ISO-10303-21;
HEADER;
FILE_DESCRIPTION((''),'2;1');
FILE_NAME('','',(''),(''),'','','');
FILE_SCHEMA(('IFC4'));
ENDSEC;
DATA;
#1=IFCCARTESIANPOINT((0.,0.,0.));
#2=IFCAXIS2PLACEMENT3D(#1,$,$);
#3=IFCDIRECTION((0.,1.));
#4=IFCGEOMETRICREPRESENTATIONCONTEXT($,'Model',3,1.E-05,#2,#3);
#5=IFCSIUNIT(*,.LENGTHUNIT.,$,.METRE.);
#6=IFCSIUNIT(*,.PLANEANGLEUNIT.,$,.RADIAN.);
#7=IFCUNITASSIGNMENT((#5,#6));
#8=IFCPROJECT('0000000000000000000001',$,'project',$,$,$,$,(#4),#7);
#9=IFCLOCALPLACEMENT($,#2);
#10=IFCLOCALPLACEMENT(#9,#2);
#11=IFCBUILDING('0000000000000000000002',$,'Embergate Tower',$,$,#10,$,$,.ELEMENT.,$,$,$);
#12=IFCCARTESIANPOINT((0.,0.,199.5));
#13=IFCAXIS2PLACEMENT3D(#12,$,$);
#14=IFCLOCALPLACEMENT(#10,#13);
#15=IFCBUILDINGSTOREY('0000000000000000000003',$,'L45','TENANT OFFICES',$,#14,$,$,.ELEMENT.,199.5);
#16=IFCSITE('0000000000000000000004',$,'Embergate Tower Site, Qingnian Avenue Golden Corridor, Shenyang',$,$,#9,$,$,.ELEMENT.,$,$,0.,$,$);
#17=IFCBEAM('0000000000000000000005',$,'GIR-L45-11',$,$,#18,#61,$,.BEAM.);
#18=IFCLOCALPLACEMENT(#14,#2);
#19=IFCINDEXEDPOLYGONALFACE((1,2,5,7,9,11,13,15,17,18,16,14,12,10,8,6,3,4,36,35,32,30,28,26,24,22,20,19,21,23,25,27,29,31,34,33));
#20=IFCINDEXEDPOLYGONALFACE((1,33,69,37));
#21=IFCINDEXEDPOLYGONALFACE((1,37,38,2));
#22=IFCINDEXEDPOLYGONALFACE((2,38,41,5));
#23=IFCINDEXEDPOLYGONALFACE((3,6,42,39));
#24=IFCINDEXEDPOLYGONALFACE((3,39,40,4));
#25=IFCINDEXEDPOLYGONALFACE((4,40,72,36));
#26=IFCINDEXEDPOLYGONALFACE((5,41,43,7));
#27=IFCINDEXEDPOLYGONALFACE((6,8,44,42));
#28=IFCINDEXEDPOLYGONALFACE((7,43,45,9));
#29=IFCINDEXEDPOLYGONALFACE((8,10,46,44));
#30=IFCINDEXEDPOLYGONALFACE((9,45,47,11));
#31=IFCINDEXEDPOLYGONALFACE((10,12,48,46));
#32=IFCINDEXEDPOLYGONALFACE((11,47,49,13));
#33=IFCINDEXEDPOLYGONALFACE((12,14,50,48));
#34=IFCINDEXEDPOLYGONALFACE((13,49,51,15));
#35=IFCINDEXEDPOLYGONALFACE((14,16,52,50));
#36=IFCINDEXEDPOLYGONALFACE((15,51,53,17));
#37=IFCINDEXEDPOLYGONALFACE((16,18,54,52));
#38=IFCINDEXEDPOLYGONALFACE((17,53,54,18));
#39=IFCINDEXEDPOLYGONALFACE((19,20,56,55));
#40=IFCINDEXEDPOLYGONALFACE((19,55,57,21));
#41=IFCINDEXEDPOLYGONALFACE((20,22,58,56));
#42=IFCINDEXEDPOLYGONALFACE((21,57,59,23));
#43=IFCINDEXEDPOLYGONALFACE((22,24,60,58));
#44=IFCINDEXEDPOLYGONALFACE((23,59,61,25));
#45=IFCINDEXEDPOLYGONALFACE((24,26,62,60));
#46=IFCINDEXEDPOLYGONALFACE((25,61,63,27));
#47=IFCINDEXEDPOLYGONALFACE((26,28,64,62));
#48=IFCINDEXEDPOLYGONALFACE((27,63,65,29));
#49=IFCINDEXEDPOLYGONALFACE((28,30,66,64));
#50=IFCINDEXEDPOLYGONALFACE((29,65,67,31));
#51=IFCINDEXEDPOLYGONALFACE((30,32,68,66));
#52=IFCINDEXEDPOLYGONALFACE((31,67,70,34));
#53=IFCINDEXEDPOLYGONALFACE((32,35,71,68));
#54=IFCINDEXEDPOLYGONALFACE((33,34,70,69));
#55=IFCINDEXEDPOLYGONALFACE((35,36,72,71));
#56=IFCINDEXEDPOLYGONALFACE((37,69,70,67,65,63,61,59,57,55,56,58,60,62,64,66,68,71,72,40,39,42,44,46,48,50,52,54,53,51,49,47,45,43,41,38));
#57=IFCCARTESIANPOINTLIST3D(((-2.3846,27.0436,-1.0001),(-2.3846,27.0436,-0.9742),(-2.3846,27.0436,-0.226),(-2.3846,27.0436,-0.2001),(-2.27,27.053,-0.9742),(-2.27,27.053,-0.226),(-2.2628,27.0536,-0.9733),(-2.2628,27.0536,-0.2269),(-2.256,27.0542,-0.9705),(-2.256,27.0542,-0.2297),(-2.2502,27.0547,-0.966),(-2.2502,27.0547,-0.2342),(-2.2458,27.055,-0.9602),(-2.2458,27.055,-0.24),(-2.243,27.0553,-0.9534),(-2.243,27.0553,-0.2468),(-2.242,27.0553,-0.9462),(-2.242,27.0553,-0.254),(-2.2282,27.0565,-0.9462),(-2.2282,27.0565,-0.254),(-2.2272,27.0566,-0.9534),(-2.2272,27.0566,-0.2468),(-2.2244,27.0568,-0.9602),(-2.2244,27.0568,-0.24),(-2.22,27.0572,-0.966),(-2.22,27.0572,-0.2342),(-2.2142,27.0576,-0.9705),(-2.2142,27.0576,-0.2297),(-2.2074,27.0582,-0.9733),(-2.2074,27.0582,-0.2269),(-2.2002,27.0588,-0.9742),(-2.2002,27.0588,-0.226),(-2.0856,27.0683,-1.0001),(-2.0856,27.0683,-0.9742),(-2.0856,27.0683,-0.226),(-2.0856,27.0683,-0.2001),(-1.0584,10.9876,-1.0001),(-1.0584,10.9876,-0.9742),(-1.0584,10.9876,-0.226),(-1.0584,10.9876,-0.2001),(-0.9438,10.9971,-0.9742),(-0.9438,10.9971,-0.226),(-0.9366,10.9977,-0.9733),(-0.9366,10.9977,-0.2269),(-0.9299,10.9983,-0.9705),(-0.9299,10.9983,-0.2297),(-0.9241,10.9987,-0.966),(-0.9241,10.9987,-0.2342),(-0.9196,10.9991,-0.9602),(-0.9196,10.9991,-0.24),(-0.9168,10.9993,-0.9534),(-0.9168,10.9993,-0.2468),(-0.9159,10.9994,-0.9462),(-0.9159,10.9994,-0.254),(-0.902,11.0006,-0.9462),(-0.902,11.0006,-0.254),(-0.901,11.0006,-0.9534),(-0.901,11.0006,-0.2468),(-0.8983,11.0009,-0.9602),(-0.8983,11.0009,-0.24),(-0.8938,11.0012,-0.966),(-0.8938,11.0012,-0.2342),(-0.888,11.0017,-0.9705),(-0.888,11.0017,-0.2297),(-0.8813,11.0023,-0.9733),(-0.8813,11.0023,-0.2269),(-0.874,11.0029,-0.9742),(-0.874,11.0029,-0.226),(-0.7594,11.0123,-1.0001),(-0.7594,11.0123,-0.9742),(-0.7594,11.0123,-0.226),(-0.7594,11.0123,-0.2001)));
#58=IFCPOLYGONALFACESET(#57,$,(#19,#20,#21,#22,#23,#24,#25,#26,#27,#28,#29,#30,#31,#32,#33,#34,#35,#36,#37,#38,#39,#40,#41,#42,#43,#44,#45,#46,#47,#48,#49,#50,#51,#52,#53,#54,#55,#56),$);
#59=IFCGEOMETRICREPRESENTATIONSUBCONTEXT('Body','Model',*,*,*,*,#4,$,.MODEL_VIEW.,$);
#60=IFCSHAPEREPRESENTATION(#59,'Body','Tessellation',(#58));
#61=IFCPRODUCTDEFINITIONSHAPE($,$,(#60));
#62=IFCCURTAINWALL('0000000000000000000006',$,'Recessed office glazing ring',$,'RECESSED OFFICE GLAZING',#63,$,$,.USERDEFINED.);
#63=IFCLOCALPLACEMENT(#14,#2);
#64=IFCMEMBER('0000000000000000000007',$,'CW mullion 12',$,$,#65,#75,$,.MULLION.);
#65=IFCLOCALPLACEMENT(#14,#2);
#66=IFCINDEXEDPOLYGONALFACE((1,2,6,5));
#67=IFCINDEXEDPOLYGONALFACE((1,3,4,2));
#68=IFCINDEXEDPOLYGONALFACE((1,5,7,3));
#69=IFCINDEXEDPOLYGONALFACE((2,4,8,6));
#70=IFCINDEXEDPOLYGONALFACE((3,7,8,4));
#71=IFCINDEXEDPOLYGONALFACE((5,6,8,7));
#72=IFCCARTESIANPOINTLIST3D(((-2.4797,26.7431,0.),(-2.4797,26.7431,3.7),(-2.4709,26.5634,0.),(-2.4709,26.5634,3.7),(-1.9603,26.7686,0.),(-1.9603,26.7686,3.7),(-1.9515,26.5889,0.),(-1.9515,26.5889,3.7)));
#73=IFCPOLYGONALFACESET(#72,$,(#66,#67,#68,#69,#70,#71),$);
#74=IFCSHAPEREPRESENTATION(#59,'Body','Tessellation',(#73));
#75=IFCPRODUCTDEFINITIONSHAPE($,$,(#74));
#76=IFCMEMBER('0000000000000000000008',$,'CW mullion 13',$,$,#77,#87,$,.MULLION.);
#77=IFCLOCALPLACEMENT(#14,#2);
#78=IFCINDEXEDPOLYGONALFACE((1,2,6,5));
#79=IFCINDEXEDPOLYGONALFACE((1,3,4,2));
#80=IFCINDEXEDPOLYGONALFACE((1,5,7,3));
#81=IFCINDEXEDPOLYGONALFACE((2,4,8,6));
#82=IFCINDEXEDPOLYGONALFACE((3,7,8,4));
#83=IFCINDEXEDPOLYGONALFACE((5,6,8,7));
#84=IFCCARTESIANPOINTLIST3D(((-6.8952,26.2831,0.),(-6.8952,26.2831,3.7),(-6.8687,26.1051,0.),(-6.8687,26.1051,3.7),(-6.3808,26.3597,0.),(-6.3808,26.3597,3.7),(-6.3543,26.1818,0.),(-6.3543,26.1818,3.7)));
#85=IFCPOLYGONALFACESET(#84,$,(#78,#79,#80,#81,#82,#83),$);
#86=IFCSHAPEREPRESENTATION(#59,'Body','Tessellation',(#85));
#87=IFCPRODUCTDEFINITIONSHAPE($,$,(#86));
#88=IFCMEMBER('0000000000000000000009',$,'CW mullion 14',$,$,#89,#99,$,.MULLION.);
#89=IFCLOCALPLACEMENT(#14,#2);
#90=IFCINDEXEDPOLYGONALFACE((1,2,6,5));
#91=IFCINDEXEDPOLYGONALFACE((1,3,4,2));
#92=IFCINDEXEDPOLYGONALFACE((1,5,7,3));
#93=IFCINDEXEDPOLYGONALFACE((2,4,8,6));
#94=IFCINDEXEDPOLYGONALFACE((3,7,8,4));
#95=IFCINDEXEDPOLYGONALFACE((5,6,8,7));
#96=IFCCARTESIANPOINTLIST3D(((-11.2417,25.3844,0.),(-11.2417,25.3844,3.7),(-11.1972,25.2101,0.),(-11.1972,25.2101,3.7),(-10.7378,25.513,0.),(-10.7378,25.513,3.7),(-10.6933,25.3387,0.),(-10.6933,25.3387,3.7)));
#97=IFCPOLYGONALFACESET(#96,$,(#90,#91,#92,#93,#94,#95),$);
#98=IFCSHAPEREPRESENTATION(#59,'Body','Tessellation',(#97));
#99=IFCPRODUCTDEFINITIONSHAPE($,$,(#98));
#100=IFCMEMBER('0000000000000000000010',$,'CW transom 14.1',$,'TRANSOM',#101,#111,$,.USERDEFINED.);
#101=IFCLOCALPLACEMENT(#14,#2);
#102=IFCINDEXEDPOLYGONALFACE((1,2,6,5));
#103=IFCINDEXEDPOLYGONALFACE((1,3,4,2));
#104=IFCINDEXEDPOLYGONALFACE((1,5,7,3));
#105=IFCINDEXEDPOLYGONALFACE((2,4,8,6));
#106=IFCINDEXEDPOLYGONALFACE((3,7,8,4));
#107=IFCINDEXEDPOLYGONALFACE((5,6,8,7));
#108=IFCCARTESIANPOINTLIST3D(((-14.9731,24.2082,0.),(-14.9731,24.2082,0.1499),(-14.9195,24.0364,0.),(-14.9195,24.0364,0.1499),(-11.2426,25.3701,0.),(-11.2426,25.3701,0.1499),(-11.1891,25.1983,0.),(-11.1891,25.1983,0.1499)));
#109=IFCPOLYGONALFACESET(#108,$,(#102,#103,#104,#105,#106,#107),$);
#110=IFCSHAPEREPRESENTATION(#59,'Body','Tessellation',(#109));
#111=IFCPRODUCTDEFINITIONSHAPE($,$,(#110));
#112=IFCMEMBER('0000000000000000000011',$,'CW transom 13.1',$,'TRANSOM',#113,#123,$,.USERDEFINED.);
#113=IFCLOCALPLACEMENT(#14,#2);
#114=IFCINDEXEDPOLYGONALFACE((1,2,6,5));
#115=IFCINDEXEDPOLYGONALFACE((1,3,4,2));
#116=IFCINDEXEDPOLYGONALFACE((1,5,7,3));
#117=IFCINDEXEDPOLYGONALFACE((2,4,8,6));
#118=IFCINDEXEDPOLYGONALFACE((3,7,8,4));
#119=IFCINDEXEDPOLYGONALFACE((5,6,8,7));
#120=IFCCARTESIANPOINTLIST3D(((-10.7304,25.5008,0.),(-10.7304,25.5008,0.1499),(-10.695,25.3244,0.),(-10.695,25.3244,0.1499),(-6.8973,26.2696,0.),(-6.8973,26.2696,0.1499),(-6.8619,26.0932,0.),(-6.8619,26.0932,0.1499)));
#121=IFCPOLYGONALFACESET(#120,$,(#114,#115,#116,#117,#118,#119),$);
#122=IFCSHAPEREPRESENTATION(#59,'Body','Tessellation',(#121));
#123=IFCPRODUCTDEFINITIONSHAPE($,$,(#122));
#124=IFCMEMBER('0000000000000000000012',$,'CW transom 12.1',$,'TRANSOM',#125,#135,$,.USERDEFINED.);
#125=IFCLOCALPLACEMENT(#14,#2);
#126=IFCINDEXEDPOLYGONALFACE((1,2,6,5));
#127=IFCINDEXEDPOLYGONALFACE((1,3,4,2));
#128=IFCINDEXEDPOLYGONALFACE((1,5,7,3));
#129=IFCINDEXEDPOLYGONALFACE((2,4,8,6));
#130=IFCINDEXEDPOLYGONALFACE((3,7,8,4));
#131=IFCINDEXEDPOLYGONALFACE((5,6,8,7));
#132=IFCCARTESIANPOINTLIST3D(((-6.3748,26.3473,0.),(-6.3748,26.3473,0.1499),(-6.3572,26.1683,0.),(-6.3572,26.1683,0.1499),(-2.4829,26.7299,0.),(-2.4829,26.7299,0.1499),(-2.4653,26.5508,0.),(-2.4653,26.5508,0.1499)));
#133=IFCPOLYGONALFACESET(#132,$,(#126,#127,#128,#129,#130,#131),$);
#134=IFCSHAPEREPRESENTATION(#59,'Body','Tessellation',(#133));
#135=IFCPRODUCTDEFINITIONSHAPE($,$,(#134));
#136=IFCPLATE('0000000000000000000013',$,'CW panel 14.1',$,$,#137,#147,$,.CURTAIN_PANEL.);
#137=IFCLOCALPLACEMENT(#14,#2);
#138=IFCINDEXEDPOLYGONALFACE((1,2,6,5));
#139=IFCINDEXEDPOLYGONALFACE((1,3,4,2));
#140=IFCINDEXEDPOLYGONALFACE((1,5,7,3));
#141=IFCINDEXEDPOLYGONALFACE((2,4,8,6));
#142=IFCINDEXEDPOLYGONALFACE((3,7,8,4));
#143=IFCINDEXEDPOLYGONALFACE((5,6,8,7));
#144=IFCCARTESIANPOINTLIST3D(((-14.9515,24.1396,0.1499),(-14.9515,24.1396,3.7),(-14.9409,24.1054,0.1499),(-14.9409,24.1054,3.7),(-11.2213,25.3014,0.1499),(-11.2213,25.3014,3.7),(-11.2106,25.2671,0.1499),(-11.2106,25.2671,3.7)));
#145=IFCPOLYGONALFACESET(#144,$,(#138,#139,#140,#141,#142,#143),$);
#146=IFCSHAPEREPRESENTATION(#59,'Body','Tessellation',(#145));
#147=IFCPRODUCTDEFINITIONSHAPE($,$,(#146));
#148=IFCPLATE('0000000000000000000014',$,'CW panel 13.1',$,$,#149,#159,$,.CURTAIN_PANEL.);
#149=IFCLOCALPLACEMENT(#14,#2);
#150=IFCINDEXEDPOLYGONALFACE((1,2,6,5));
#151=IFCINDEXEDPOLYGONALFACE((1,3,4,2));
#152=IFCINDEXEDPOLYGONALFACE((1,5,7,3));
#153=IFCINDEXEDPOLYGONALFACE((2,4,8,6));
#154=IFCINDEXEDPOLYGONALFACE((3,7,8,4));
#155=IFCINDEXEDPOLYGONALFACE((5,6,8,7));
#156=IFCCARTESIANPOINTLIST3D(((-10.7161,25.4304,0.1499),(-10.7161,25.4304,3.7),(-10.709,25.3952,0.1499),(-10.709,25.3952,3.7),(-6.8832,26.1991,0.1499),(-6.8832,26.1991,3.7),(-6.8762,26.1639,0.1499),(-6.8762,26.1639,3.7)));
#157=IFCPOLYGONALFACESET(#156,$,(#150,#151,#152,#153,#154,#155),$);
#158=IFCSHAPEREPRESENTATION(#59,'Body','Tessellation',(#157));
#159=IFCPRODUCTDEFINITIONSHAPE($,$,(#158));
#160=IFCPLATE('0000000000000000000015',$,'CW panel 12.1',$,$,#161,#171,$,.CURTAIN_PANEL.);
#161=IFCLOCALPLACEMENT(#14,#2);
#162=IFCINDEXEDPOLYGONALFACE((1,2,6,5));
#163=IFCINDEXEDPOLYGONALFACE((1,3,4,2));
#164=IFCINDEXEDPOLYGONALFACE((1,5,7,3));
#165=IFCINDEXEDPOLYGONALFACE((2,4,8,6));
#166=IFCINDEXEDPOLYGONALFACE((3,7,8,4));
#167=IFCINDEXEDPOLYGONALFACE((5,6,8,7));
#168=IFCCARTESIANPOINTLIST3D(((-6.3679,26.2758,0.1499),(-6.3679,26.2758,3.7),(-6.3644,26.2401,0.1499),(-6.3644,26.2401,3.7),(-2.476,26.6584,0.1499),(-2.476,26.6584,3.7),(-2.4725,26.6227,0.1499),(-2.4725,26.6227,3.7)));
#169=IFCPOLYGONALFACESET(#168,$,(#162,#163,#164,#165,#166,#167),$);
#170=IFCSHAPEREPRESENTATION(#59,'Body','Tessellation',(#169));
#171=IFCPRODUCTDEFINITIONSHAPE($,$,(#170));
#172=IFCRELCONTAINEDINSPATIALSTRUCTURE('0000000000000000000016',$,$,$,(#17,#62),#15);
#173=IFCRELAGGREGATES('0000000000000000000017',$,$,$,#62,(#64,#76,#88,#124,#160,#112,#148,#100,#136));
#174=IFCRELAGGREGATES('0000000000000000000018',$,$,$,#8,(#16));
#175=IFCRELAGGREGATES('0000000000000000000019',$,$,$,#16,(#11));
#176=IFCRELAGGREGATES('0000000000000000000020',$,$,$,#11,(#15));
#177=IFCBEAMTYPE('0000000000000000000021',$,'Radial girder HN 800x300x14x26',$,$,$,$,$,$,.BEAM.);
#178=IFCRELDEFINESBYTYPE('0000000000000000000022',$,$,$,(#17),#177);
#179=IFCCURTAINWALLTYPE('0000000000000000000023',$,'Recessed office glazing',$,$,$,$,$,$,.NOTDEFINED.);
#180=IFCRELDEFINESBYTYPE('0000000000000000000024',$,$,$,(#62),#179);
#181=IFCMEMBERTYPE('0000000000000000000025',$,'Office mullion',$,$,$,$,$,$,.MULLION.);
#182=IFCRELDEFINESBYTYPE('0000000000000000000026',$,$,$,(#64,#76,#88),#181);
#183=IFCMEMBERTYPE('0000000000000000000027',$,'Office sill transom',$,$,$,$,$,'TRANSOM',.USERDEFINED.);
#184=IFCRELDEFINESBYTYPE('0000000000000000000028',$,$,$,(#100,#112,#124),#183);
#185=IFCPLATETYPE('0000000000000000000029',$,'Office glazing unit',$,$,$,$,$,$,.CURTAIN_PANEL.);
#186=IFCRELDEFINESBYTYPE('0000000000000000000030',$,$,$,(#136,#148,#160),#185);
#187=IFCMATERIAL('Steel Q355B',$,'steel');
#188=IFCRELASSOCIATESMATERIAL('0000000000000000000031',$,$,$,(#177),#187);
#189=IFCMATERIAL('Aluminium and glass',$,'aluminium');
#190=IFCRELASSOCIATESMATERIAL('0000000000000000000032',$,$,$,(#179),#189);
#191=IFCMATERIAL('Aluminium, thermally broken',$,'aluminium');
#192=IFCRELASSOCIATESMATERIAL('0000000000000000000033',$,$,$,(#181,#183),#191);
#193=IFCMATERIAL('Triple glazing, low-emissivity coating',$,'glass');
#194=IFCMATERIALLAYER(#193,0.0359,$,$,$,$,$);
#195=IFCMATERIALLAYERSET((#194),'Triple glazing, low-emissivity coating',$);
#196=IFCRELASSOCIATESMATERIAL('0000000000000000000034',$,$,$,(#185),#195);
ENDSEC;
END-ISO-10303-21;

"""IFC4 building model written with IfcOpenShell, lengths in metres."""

from ifc_helpers import new_model, si_unit, direction, frame, origin, origin_2d, place, context, subcontext, project, spatial, rectangle, i_section, extrude, source, transform, mapped, material, layer, layer_set, material_profile, profile_set, type_object, element, aggregate, save


model = new_model("IFC4")

# Units and contexts
model_context = context("Model", 3, precision=1e-05, world=origin(), true_north=direction((0.0, 1.0)))
body_context = subcontext(model_context, "Body", "Model", "MODEL_VIEW")
ifc_project = project(units=[si_unit("LENGTHUNIT", "METRE"), si_unit("PLANEANGLEUNIT", "RADIAN")], contexts=[model_context])

# Site, building, storey
site_placement = place(None, origin())
site = spatial("IfcSite", under=ifc_project, at=site_placement, Name="Embergate Tower Site, Qingnian Avenue Golden Corridor, Shenyang", CompositionType="ELEMENT", RefElevation=0.0)
building_placement = place(site_placement, origin())
building = spatial("IfcBuilding", under=site, at=building_placement, Name="Embergate Tower", CompositionType="ELEMENT")
storey_placement = place(building_placement, frame((0.0, 0.0, 199.5)))
storey = spatial("IfcBuildingStorey", under=building, at=storey_placement, Name="L45", Description="TENANT OFFICES", CompositionType="ELEMENT", Elevation=199.5)

# Beam
ifc_material_1 = material(Name="Steel Q355B", Category="steel")
ifc_material_profile_1 = material_profile(ifc_material_1, i_section(OverallWidth=0.3, OverallDepth=0.8, WebThickness=0.0139, FlangeThickness=0.0259, FilletRadius=0.0281, at=origin_2d()), Name="HN 800x300x14x26")
ifc_profile_set_1 = profile_set([ifc_material_profile_1], Name="Steel Q355 grade B")
beam_type_1 = type_object("IfcBeamType", Name="Radial girder HN 800x300x14x26", PredefinedType="BEAM", material=ifc_profile_set_1)
shared_shape_1 = source(origin(), body_context, "Body", "SweptSolid", [
    extrude(i_section(OverallWidth=0.3, OverallDepth=0.8, WebThickness=0.0139, FlangeThickness=0.0259, FilletRadius=0.0281, at=origin_2d()), origin(), (0.0, 0.0, 1.0), 16.1106),
])
beam_1_placement = place(storey_placement, frame((-2.2351, 27.0559, -0.6001), z_axis=(0.082317, -0.996606, 0.0), x_axis=(0.996606, 0.082317, 0.0)))
element("IfcBeam", 1, at=beam_1_placement, inside=storey, type_object=beam_type_1, Name="GIR-L45-11", PredefinedType="BEAM", context=body_context, shape_type="MappedRepresentation", body=[
    mapped(shared_shape_1, transform((0.0, 0.0, 0.0))),
])

# Curtain wall, members, plates
ifc_material_2 = material(Name="Aluminium and glass", Category="aluminium")
curtain_wall_type = type_object("IfcCurtainWallType", Name="Recessed office glazing", PredefinedType="NOTDEFINED", material=ifc_material_2)
curtain_wall_placement = place(storey_placement, origin())
curtain_wall = element("IfcCurtainWall", 2, at=curtain_wall_placement, inside=storey, type_object=curtain_wall_type, Name="Recessed office glazing ring", ObjectType="RECESSED OFFICE GLAZING", PredefinedType="USERDEFINED")
ifc_material_3 = material(Name="Aluminium, thermally broken", Category="aluminium")
ifc_material_profile_2 = material_profile(ifc_material_3, rectangle(XDim=0.1799, YDim=0.52, at=origin_2d()), Name="AL 520x180")
ifc_profile_set_2 = profile_set([ifc_material_profile_2], Name="Aluminium, thermally broken")
member_type_1 = type_object("IfcMemberType", Name="Office mullion", PredefinedType="MULLION", material=ifc_profile_set_2)
shared_shape_2 = source(origin(), body_context, "Body", "SweptSolid", [
    extrude(rectangle(XDim=0.1799, YDim=0.52, at=origin_2d()), origin(), (0.0, 0.0, 1.0), 3.7),
])
member_1_placement = place(storey_placement, frame((-2.2156, 26.666, 0.0), z_axis=(0.0, 0.0, 1.0), x_axis=(0.048972, -0.9988, 0.0)))
member_1 = element("IfcMember", 3, at=member_1_placement, type_object=member_type_1, Name="CW mullion 12", PredefinedType="MULLION", context=body_context, shape_type="MappedRepresentation", body=[
    mapped(shared_shape_2, transform((0.0, 0.0, 0.0))),
])
member_2_placement = place(storey_placement, frame((-6.6248, 26.2324, 0.0), z_axis=(0.0, 0.0, 1.0), x_axis=(0.147416, -0.989075, 0.0)))
member_2 = element("IfcMember", 4, at=member_2_placement, type_object=member_type_1, Name="CW mullion 13", PredefinedType="MULLION", context=body_context, shape_type="MappedRepresentation", body=[
    mapped(shared_shape_2, transform((0.0, 0.0, 0.0))),
])
member_3_placement = place(storey_placement, frame((-10.9675, 25.3616, 0.0), z_axis=(0.0, 0.0, 1.0), x_axis=(0.247319, -0.968934, 0.0)))
member_3 = element("IfcMember", 5, at=member_3_placement, type_object=member_type_1, Name="CW mullion 14", PredefinedType="MULLION", context=body_context, shape_type="MappedRepresentation", body=[
    mapped(shared_shape_2, transform((0.0, 0.0, 0.0))),
])
ifc_material_profile_3 = material_profile(ifc_material_3, rectangle(XDim=0.1799, YDim=0.1499, at=origin_2d()), Name="AL 150x180")
ifc_profile_set_3 = profile_set([ifc_material_profile_3], Name="Aluminium, thermally broken")
member_type_2 = type_object("IfcMemberType", Name="Office sill transom", ElementType="TRANSOM", PredefinedType="USERDEFINED", material=ifc_profile_set_3)
shared_shape_3 = source(origin(), body_context, "Body", "SweptSolid", [
    extrude(rectangle(XDim=0.1799, YDim=0.1499, at=origin_2d()), origin(), (0.0, 0.0, 1.0), 3.9072),
])
member_4_placement = place(storey_placement, frame((-11.2158, 25.2842, 0.075), z_axis=(-0.954764, -0.297364, 0.0), x_axis=(0.297364, -0.954764, 0.0)))
member_4 = element("IfcMember", 6, at=member_4_placement, type_object=member_type_2, Name="CW transom 14.1", ObjectType="TRANSOM", PredefinedType="USERDEFINED", context=body_context, shape_type="MappedRepresentation", body=[
    mapped(shared_shape_3, transform((0.0, 0.0, 0.0))),
])
shared_shape_4 = source(origin(), body_context, "Body", "SweptSolid", [
    extrude(rectangle(XDim=0.1799, YDim=0.1499, at=origin_2d()), origin(), (0.0, 0.0, 1.0), 3.9094),
])
member_5_placement = place(storey_placement, frame((-6.8796, 26.1814, 0.075), z_axis=(-0.980472, -0.196657, 0.0), x_axis=(0.196657, -0.980472, 0.0)))
member_5 = element("IfcMember", 7, at=member_5_placement, type_object=member_type_2, Name="CW transom 13.1", ObjectType="TRANSOM", PredefinedType="USERDEFINED", context=body_context, shape_type="MappedRepresentation", body=[
    mapped(shared_shape_4, transform((0.0, 0.0, 0.0))),
])
shared_shape_5 = source(origin(), body_context, "Body", "SweptSolid", [
    extrude(rectangle(XDim=0.1799, YDim=0.1499, at=origin_2d()), origin(), (0.0, 0.0, 1.0), 3.9106),
])
member_6_placement = place(storey_placement, frame((-2.4741, 26.6404, 0.075), z_axis=(-0.995203, -0.097828, 0.0), x_axis=(0.097828, -0.995203, 0.0)))
member_6 = element("IfcMember", 8, at=member_6_placement, type_object=member_type_2, Name="CW transom 12.1", ObjectType="TRANSOM", PredefinedType="USERDEFINED", context=body_context, shape_type="MappedRepresentation", body=[
    mapped(shared_shape_5, transform((0.0, 0.0, 0.0))),
])
ifc_material_4 = material(Name="Triple glazing, low-emissivity coating", Category="glass")
ifc_layer_1 = layer(ifc_material_4, 0.0359)
ifc_layer_set_1 = layer_set([ifc_layer_1], Name="Triple glazing, low-emissivity coating")
plate_type = type_object("IfcPlateType", Name="Office glazing unit", PredefinedType="CURTAIN_PANEL", material=ifc_layer_set_1)
shared_shape_6 = source(origin(), body_context, "Body", "SweptSolid", [
    extrude(rectangle(XDim=3.907, YDim=0.0359, at=origin_2d()), origin(), (0.0, 0.0, 1.0), 3.55),
])
plate_1_placement = place(storey_placement, frame((-13.0811, 24.7034, 0.1499), z_axis=(0.0, 0.0, 1.0), x_axis=(-0.95477, -0.297347, 0.0)))
plate_1 = element("IfcPlate", 9, at=plate_1_placement, type_object=plate_type, Name="CW panel 14.1", PredefinedType="CURTAIN_PANEL", context=body_context, shape_type="MappedRepresentation", body=[
    mapped(shared_shape_6, transform((0.0, 0.0, 0.0))),
])
shared_shape_7 = source(origin(), body_context, "Body", "SweptSolid", [
    extrude(rectangle(XDim=3.9092, YDim=0.0359, at=origin_2d()), origin(), (0.0, 0.0, 1.0), 3.55),
])
plate_2_placement = place(storey_placement, frame((-8.7961, 25.7971, 0.1499), z_axis=(0.0, 0.0, 1.0), x_axis=(-0.980475, -0.196646, 0.0)))
plate_2 = element("IfcPlate", 10, at=plate_2_placement, type_object=plate_type, Name="CW panel 13.1", PredefinedType="CURTAIN_PANEL", context=body_context, shape_type="MappedRepresentation", body=[
    mapped(shared_shape_7, transform((0.0, 0.0, 0.0))),
])
shared_shape_8 = source(origin(), body_context, "Body", "SweptSolid", [
    extrude(rectangle(XDim=3.9106, YDim=0.0359, at=origin_2d()), origin(), (0.0, 0.0, 1.0), 3.55),
])
plate_3_placement = place(storey_placement, frame((-4.4202, 26.4492, 0.1499), z_axis=(0.0, 0.0, 1.0), x_axis=(-0.995203, -0.097833, 0.0)))
plate_3 = element("IfcPlate", 11, at=plate_3_placement, type_object=plate_type, Name="CW panel 12.1", PredefinedType="CURTAIN_PANEL", context=body_context, shape_type="MappedRepresentation", body=[
    mapped(shared_shape_8, transform((0.0, 0.0, 0.0))),
])
aggregate(curtain_wall, [member_1, member_2, member_3, member_6, plate_3, member_5, plate_2, member_4, plate_1])

save(model, "model.ifc")
